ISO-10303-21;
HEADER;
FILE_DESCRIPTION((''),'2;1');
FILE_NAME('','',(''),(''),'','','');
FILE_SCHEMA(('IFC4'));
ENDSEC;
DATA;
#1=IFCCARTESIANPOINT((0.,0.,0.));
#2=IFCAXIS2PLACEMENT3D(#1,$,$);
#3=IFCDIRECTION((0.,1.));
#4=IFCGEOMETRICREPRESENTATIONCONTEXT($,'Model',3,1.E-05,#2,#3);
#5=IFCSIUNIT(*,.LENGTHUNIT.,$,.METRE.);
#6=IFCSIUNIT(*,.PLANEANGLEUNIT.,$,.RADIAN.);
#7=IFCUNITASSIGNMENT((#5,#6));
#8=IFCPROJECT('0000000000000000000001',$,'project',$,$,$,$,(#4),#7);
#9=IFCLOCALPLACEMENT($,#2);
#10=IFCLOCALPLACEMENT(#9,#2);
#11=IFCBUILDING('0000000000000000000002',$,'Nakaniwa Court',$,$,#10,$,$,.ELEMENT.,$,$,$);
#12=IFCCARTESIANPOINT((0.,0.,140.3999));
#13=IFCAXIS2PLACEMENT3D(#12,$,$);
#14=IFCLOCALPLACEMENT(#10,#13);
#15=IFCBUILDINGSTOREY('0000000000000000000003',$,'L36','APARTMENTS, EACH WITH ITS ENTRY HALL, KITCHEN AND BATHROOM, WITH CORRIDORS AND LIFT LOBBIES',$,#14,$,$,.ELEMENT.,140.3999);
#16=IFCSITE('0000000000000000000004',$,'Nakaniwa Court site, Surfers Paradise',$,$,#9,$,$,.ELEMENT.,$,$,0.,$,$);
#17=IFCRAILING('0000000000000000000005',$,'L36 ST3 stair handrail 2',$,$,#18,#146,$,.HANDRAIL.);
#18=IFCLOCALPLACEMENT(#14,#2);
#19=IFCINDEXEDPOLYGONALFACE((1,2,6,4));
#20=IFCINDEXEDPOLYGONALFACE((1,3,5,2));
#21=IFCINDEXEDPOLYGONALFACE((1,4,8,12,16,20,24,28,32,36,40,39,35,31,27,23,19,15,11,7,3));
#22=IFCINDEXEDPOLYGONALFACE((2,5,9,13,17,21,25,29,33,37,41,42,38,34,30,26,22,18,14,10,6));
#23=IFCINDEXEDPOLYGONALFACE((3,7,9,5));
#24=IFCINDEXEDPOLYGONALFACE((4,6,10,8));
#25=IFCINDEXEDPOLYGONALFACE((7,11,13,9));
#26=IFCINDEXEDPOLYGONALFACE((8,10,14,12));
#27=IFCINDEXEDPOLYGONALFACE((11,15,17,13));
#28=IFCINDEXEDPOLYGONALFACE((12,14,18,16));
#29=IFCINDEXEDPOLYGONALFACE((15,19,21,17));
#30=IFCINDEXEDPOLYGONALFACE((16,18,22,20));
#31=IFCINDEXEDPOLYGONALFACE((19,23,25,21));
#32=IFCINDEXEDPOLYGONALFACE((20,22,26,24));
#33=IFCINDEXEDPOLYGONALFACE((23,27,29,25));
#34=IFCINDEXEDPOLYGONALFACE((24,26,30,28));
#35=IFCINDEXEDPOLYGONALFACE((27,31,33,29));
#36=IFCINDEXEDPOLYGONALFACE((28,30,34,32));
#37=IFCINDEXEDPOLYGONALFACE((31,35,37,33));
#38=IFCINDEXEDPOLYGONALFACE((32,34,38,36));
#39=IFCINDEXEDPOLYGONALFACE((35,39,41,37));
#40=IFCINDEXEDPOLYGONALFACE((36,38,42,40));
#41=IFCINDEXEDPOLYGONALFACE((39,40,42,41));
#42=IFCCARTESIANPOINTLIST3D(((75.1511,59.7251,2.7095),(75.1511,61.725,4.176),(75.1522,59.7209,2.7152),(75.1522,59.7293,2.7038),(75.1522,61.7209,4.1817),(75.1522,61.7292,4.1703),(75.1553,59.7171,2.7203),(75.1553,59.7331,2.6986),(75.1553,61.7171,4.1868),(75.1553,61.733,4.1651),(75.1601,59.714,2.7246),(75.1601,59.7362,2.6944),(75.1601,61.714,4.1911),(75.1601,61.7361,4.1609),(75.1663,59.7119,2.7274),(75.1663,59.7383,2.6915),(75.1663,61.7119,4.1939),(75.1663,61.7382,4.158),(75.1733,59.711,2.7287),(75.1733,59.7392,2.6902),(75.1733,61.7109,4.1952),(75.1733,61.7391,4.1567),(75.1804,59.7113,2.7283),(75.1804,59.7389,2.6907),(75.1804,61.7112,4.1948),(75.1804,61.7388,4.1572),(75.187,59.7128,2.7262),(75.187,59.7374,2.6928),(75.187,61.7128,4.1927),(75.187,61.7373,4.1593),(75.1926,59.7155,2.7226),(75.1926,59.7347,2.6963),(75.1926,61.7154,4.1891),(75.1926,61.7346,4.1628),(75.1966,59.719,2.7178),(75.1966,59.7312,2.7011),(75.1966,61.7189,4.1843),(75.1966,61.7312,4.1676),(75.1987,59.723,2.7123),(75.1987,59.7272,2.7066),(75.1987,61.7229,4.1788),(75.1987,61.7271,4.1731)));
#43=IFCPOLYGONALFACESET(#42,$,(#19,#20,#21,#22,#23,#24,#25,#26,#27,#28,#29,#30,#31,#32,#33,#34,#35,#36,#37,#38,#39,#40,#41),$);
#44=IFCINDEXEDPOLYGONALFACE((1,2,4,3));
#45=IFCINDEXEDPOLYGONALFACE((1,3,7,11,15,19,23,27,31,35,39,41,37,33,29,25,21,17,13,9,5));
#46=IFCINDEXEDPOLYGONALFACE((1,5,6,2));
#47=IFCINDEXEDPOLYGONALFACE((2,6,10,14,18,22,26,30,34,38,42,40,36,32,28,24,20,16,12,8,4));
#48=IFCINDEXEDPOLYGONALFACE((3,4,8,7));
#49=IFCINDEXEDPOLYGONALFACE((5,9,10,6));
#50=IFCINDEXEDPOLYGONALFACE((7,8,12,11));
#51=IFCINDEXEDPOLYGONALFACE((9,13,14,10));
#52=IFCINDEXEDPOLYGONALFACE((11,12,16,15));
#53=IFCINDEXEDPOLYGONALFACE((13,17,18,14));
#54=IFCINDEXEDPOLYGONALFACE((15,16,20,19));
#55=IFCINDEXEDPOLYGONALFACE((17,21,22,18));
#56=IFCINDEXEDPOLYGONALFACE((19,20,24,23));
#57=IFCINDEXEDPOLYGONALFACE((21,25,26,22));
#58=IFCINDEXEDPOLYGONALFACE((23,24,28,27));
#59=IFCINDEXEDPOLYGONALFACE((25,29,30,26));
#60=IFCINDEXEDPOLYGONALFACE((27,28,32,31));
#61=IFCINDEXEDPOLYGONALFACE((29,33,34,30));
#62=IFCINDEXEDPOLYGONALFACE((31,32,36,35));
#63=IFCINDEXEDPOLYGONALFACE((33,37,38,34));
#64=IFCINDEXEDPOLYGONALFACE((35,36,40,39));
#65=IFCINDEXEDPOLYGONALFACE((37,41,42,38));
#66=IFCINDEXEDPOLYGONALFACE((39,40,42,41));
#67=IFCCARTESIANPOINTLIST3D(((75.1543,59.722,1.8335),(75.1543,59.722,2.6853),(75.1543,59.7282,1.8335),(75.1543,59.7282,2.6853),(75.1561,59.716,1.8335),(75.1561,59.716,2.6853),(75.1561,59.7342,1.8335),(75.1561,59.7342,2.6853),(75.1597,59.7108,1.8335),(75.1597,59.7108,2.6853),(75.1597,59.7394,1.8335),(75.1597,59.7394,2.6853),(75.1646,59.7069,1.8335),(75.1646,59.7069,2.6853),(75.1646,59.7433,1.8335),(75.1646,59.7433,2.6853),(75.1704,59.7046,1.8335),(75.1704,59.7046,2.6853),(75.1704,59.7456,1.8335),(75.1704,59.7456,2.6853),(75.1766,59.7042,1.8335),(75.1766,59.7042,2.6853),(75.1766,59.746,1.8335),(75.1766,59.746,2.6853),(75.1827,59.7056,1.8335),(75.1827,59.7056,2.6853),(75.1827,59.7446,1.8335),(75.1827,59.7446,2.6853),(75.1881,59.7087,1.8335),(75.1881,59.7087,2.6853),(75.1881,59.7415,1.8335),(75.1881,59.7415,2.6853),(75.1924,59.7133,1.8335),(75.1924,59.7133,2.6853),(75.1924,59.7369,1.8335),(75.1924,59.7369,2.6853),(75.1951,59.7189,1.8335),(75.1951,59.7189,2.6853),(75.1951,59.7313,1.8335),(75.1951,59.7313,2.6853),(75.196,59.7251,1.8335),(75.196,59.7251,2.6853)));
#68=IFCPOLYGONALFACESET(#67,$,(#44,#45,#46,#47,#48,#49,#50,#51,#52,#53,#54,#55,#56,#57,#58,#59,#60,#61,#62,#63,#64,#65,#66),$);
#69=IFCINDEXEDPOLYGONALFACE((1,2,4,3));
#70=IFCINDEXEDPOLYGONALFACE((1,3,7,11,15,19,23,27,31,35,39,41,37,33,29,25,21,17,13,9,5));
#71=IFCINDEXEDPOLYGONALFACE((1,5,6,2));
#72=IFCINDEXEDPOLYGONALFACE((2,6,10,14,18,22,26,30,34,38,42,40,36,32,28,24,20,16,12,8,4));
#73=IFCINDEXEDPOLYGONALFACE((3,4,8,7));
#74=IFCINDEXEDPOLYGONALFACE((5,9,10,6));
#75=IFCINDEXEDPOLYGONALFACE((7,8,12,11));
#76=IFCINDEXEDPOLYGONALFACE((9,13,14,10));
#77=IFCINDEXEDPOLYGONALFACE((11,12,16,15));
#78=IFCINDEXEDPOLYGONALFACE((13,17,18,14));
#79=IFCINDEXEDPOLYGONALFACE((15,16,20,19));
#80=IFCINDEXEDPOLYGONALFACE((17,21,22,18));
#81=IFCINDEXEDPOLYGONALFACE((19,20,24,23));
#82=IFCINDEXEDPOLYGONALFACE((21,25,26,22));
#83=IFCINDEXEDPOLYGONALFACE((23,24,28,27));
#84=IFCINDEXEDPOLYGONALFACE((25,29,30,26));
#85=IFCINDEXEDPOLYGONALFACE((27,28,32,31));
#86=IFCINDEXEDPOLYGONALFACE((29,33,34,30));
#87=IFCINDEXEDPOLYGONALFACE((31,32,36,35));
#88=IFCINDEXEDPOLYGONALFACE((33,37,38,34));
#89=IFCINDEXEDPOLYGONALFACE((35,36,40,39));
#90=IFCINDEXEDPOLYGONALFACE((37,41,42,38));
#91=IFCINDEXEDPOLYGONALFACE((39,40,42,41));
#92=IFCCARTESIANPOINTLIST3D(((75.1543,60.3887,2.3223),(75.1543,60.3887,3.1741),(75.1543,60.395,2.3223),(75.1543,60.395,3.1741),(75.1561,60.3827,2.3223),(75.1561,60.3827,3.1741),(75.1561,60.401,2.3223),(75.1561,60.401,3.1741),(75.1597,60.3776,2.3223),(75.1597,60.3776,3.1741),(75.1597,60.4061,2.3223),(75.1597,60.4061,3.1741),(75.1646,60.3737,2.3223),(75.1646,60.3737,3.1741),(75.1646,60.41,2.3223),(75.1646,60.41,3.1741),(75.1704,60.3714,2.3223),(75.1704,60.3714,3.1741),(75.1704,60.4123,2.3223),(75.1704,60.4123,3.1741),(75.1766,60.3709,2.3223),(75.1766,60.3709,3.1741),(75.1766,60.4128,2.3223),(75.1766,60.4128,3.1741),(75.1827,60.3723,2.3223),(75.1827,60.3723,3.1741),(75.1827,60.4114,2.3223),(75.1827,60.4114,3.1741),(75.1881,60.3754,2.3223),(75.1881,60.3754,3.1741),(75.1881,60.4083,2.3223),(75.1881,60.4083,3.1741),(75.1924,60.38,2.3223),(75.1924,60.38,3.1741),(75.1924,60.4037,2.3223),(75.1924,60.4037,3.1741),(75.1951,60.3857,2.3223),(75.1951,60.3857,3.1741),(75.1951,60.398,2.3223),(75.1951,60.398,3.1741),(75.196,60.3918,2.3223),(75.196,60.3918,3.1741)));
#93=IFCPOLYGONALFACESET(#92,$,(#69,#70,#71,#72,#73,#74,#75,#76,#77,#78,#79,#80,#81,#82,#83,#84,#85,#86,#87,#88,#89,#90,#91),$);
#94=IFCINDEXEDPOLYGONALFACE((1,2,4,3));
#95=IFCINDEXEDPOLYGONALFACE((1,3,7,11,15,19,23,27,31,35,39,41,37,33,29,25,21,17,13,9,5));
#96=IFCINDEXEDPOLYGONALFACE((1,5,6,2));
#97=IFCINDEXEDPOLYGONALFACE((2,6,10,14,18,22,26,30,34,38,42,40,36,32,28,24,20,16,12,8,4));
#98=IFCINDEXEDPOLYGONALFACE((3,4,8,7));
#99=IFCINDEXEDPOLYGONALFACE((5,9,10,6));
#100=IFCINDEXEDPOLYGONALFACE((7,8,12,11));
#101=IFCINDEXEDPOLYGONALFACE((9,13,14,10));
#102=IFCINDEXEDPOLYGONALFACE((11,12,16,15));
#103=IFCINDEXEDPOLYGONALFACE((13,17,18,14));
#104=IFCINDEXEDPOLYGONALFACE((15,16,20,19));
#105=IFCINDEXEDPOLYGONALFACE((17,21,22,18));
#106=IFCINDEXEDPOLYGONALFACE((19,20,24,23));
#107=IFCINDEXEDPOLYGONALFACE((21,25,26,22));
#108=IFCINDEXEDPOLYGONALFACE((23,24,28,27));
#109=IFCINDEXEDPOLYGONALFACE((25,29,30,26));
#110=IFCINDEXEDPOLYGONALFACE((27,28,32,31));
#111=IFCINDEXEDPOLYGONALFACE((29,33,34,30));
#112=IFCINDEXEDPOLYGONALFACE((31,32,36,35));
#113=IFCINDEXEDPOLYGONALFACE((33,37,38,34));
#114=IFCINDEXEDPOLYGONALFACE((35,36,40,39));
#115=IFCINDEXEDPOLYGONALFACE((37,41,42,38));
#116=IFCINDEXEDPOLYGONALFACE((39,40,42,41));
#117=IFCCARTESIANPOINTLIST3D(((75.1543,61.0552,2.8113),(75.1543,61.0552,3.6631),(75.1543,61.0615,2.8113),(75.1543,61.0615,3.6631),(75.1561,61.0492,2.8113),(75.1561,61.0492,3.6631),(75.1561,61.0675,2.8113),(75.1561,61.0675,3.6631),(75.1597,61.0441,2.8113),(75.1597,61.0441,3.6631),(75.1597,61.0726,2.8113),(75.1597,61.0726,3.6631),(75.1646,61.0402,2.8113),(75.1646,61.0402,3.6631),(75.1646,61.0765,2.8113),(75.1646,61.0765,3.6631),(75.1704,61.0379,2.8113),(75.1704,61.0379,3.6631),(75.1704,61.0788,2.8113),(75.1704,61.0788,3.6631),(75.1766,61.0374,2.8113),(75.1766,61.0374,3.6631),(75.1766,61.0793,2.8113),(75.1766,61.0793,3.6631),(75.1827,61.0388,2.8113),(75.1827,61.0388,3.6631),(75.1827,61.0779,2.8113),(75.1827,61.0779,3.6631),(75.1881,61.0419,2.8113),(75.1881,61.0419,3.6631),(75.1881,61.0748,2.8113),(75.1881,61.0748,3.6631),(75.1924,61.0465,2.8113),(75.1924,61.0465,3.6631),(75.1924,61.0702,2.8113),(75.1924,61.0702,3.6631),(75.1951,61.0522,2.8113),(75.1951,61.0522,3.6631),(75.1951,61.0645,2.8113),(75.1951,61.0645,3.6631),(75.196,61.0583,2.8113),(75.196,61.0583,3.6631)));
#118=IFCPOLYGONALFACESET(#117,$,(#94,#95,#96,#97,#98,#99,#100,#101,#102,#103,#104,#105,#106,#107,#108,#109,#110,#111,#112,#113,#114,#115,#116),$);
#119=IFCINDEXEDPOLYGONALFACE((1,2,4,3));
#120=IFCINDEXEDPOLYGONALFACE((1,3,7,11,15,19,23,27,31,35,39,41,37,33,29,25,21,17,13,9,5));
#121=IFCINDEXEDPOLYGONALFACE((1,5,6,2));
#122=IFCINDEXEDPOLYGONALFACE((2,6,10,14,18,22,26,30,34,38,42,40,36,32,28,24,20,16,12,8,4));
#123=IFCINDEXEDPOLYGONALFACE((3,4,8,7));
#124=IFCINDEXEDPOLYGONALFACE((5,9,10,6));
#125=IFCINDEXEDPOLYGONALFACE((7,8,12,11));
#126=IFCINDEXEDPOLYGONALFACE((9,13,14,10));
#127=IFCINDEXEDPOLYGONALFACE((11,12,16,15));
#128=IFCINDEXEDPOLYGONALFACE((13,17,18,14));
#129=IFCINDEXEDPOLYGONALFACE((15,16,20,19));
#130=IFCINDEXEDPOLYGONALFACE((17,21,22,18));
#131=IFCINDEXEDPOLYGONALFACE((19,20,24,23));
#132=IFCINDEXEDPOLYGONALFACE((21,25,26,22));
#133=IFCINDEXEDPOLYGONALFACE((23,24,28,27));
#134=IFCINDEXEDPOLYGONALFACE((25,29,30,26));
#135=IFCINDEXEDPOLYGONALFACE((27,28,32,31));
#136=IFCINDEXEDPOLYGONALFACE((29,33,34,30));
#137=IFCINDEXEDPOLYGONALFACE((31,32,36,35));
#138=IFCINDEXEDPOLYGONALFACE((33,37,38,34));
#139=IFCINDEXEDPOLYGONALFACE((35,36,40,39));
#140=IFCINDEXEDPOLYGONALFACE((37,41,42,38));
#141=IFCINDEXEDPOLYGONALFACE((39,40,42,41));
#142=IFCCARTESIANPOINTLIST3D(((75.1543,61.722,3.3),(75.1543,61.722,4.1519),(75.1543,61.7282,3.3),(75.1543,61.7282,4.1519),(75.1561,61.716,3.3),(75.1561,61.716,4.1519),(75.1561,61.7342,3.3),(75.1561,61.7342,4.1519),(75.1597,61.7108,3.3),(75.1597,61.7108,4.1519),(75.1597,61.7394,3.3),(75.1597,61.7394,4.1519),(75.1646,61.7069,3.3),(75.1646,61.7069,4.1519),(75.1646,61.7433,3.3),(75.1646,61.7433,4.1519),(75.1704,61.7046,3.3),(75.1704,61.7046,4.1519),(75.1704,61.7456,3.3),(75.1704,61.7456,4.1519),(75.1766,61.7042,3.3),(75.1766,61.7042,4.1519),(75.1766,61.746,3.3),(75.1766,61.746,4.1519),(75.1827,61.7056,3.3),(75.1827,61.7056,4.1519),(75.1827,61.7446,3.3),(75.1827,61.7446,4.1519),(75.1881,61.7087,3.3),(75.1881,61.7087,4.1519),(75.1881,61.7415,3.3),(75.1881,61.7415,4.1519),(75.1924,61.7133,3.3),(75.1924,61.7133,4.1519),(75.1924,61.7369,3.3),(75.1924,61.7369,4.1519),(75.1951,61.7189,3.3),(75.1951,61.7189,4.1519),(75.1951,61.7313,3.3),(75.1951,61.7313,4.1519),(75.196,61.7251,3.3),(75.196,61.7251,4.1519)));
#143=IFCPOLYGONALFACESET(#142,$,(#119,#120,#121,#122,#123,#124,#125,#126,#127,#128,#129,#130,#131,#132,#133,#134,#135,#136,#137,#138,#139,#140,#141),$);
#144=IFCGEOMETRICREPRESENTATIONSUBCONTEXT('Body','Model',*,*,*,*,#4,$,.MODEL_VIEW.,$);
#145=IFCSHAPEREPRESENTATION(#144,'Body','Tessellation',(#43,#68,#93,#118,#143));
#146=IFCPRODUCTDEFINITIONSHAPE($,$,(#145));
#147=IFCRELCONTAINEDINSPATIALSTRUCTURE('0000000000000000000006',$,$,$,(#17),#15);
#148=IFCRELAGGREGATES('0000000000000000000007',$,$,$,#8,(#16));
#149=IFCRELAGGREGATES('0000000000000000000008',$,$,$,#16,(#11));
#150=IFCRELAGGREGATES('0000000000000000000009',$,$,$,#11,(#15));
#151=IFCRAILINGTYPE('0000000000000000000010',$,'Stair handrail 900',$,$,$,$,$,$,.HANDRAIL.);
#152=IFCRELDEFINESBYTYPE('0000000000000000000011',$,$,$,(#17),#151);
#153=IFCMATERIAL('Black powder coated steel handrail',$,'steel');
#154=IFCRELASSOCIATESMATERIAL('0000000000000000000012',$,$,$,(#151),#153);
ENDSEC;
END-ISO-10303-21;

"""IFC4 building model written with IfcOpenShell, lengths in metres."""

from ifc_helpers import new_model, si_unit, direction, frame, origin, origin_2d, place, context, subcontext, project, spatial, circle, extrude, material, type_object, element, save


model = new_model("IFC4")

# Units and contexts
model_context = context("Model", 3, precision=1e-05, world=origin(), true_north=direction((0.0, 1.0)))
body_context = subcontext(model_context, "Body", "Model", "MODEL_VIEW")
ifc_project = project(units=[si_unit("LENGTHUNIT", "METRE"), si_unit("PLANEANGLEUNIT", "RADIAN")], contexts=[model_context])

# Site, building, storey
site_placement = place(None, origin())
site = spatial("IfcSite", under=ifc_project, at=site_placement, Name="Nakaniwa Court site, Surfers Paradise", CompositionType="ELEMENT", RefElevation=0.0)
building_placement = place(site_placement, origin())
building = spatial("IfcBuilding", under=site, at=building_placement, Name="Nakaniwa Court", CompositionType="ELEMENT")
storey_placement = place(building_placement, frame((0.0, 0.0, 140.3999)))
storey = spatial("IfcBuildingStorey", under=building, at=storey_placement, Name="L36", Description="APARTMENTS, EACH WITH ITS ENTRY HALL, KITCHEN AND BATHROOM, WITH CORRIDORS AND LIFT LOBBIES", CompositionType="ELEMENT", Elevation=140.3999)

# Railing
ifc_material_1 = material(Name="Black powder coated steel handrail", Category="steel")
railing_type_1 = type_object("IfcRailingType", Name="Stair handrail 900", PredefinedType="HANDRAIL", material=ifc_material_1)
railing_1_placement = place(storey_placement, frame((75.175, 59.7251, 1.8335)))
element("IfcRailing", 1, at=railing_1_placement, inside=storey, type_object=railing_type_1, Name="L36 ST3 stair handrail 2", PredefinedType="HANDRAIL", context=body_context, shape_type="SweptSolid", body=[
    extrude(circle(Radius=0.0239, at=origin_2d()), frame((0.0, 0.0, 0.876), z_axis=(0.0, 0.806427, 0.591334), x_axis=(-1.0, 0.0, 0.0)), (0.0, 0.0, 1.0), 2.48),
    extrude(circle(Radius=0.021, at=origin_2d()), origin(), (0.0, 0.0, 1.0), 0.8518),
    extrude(circle(Radius=0.021, at=origin_2d()), frame((0.0, 0.6667, 0.4888)), (0.0, 0.0, 1.0), 0.8518),
    extrude(circle(Radius=0.021, at=origin_2d()), frame((0.0, 1.3333, 0.9778)), (0.0, 0.0, 1.0), 0.8518),
    extrude(circle(Radius=0.021, at=origin_2d()), frame((0.0, 2.0, 1.4666)), (0.0, 0.0, 1.0), 0.8518),
])

save(model, "model.ifc")
